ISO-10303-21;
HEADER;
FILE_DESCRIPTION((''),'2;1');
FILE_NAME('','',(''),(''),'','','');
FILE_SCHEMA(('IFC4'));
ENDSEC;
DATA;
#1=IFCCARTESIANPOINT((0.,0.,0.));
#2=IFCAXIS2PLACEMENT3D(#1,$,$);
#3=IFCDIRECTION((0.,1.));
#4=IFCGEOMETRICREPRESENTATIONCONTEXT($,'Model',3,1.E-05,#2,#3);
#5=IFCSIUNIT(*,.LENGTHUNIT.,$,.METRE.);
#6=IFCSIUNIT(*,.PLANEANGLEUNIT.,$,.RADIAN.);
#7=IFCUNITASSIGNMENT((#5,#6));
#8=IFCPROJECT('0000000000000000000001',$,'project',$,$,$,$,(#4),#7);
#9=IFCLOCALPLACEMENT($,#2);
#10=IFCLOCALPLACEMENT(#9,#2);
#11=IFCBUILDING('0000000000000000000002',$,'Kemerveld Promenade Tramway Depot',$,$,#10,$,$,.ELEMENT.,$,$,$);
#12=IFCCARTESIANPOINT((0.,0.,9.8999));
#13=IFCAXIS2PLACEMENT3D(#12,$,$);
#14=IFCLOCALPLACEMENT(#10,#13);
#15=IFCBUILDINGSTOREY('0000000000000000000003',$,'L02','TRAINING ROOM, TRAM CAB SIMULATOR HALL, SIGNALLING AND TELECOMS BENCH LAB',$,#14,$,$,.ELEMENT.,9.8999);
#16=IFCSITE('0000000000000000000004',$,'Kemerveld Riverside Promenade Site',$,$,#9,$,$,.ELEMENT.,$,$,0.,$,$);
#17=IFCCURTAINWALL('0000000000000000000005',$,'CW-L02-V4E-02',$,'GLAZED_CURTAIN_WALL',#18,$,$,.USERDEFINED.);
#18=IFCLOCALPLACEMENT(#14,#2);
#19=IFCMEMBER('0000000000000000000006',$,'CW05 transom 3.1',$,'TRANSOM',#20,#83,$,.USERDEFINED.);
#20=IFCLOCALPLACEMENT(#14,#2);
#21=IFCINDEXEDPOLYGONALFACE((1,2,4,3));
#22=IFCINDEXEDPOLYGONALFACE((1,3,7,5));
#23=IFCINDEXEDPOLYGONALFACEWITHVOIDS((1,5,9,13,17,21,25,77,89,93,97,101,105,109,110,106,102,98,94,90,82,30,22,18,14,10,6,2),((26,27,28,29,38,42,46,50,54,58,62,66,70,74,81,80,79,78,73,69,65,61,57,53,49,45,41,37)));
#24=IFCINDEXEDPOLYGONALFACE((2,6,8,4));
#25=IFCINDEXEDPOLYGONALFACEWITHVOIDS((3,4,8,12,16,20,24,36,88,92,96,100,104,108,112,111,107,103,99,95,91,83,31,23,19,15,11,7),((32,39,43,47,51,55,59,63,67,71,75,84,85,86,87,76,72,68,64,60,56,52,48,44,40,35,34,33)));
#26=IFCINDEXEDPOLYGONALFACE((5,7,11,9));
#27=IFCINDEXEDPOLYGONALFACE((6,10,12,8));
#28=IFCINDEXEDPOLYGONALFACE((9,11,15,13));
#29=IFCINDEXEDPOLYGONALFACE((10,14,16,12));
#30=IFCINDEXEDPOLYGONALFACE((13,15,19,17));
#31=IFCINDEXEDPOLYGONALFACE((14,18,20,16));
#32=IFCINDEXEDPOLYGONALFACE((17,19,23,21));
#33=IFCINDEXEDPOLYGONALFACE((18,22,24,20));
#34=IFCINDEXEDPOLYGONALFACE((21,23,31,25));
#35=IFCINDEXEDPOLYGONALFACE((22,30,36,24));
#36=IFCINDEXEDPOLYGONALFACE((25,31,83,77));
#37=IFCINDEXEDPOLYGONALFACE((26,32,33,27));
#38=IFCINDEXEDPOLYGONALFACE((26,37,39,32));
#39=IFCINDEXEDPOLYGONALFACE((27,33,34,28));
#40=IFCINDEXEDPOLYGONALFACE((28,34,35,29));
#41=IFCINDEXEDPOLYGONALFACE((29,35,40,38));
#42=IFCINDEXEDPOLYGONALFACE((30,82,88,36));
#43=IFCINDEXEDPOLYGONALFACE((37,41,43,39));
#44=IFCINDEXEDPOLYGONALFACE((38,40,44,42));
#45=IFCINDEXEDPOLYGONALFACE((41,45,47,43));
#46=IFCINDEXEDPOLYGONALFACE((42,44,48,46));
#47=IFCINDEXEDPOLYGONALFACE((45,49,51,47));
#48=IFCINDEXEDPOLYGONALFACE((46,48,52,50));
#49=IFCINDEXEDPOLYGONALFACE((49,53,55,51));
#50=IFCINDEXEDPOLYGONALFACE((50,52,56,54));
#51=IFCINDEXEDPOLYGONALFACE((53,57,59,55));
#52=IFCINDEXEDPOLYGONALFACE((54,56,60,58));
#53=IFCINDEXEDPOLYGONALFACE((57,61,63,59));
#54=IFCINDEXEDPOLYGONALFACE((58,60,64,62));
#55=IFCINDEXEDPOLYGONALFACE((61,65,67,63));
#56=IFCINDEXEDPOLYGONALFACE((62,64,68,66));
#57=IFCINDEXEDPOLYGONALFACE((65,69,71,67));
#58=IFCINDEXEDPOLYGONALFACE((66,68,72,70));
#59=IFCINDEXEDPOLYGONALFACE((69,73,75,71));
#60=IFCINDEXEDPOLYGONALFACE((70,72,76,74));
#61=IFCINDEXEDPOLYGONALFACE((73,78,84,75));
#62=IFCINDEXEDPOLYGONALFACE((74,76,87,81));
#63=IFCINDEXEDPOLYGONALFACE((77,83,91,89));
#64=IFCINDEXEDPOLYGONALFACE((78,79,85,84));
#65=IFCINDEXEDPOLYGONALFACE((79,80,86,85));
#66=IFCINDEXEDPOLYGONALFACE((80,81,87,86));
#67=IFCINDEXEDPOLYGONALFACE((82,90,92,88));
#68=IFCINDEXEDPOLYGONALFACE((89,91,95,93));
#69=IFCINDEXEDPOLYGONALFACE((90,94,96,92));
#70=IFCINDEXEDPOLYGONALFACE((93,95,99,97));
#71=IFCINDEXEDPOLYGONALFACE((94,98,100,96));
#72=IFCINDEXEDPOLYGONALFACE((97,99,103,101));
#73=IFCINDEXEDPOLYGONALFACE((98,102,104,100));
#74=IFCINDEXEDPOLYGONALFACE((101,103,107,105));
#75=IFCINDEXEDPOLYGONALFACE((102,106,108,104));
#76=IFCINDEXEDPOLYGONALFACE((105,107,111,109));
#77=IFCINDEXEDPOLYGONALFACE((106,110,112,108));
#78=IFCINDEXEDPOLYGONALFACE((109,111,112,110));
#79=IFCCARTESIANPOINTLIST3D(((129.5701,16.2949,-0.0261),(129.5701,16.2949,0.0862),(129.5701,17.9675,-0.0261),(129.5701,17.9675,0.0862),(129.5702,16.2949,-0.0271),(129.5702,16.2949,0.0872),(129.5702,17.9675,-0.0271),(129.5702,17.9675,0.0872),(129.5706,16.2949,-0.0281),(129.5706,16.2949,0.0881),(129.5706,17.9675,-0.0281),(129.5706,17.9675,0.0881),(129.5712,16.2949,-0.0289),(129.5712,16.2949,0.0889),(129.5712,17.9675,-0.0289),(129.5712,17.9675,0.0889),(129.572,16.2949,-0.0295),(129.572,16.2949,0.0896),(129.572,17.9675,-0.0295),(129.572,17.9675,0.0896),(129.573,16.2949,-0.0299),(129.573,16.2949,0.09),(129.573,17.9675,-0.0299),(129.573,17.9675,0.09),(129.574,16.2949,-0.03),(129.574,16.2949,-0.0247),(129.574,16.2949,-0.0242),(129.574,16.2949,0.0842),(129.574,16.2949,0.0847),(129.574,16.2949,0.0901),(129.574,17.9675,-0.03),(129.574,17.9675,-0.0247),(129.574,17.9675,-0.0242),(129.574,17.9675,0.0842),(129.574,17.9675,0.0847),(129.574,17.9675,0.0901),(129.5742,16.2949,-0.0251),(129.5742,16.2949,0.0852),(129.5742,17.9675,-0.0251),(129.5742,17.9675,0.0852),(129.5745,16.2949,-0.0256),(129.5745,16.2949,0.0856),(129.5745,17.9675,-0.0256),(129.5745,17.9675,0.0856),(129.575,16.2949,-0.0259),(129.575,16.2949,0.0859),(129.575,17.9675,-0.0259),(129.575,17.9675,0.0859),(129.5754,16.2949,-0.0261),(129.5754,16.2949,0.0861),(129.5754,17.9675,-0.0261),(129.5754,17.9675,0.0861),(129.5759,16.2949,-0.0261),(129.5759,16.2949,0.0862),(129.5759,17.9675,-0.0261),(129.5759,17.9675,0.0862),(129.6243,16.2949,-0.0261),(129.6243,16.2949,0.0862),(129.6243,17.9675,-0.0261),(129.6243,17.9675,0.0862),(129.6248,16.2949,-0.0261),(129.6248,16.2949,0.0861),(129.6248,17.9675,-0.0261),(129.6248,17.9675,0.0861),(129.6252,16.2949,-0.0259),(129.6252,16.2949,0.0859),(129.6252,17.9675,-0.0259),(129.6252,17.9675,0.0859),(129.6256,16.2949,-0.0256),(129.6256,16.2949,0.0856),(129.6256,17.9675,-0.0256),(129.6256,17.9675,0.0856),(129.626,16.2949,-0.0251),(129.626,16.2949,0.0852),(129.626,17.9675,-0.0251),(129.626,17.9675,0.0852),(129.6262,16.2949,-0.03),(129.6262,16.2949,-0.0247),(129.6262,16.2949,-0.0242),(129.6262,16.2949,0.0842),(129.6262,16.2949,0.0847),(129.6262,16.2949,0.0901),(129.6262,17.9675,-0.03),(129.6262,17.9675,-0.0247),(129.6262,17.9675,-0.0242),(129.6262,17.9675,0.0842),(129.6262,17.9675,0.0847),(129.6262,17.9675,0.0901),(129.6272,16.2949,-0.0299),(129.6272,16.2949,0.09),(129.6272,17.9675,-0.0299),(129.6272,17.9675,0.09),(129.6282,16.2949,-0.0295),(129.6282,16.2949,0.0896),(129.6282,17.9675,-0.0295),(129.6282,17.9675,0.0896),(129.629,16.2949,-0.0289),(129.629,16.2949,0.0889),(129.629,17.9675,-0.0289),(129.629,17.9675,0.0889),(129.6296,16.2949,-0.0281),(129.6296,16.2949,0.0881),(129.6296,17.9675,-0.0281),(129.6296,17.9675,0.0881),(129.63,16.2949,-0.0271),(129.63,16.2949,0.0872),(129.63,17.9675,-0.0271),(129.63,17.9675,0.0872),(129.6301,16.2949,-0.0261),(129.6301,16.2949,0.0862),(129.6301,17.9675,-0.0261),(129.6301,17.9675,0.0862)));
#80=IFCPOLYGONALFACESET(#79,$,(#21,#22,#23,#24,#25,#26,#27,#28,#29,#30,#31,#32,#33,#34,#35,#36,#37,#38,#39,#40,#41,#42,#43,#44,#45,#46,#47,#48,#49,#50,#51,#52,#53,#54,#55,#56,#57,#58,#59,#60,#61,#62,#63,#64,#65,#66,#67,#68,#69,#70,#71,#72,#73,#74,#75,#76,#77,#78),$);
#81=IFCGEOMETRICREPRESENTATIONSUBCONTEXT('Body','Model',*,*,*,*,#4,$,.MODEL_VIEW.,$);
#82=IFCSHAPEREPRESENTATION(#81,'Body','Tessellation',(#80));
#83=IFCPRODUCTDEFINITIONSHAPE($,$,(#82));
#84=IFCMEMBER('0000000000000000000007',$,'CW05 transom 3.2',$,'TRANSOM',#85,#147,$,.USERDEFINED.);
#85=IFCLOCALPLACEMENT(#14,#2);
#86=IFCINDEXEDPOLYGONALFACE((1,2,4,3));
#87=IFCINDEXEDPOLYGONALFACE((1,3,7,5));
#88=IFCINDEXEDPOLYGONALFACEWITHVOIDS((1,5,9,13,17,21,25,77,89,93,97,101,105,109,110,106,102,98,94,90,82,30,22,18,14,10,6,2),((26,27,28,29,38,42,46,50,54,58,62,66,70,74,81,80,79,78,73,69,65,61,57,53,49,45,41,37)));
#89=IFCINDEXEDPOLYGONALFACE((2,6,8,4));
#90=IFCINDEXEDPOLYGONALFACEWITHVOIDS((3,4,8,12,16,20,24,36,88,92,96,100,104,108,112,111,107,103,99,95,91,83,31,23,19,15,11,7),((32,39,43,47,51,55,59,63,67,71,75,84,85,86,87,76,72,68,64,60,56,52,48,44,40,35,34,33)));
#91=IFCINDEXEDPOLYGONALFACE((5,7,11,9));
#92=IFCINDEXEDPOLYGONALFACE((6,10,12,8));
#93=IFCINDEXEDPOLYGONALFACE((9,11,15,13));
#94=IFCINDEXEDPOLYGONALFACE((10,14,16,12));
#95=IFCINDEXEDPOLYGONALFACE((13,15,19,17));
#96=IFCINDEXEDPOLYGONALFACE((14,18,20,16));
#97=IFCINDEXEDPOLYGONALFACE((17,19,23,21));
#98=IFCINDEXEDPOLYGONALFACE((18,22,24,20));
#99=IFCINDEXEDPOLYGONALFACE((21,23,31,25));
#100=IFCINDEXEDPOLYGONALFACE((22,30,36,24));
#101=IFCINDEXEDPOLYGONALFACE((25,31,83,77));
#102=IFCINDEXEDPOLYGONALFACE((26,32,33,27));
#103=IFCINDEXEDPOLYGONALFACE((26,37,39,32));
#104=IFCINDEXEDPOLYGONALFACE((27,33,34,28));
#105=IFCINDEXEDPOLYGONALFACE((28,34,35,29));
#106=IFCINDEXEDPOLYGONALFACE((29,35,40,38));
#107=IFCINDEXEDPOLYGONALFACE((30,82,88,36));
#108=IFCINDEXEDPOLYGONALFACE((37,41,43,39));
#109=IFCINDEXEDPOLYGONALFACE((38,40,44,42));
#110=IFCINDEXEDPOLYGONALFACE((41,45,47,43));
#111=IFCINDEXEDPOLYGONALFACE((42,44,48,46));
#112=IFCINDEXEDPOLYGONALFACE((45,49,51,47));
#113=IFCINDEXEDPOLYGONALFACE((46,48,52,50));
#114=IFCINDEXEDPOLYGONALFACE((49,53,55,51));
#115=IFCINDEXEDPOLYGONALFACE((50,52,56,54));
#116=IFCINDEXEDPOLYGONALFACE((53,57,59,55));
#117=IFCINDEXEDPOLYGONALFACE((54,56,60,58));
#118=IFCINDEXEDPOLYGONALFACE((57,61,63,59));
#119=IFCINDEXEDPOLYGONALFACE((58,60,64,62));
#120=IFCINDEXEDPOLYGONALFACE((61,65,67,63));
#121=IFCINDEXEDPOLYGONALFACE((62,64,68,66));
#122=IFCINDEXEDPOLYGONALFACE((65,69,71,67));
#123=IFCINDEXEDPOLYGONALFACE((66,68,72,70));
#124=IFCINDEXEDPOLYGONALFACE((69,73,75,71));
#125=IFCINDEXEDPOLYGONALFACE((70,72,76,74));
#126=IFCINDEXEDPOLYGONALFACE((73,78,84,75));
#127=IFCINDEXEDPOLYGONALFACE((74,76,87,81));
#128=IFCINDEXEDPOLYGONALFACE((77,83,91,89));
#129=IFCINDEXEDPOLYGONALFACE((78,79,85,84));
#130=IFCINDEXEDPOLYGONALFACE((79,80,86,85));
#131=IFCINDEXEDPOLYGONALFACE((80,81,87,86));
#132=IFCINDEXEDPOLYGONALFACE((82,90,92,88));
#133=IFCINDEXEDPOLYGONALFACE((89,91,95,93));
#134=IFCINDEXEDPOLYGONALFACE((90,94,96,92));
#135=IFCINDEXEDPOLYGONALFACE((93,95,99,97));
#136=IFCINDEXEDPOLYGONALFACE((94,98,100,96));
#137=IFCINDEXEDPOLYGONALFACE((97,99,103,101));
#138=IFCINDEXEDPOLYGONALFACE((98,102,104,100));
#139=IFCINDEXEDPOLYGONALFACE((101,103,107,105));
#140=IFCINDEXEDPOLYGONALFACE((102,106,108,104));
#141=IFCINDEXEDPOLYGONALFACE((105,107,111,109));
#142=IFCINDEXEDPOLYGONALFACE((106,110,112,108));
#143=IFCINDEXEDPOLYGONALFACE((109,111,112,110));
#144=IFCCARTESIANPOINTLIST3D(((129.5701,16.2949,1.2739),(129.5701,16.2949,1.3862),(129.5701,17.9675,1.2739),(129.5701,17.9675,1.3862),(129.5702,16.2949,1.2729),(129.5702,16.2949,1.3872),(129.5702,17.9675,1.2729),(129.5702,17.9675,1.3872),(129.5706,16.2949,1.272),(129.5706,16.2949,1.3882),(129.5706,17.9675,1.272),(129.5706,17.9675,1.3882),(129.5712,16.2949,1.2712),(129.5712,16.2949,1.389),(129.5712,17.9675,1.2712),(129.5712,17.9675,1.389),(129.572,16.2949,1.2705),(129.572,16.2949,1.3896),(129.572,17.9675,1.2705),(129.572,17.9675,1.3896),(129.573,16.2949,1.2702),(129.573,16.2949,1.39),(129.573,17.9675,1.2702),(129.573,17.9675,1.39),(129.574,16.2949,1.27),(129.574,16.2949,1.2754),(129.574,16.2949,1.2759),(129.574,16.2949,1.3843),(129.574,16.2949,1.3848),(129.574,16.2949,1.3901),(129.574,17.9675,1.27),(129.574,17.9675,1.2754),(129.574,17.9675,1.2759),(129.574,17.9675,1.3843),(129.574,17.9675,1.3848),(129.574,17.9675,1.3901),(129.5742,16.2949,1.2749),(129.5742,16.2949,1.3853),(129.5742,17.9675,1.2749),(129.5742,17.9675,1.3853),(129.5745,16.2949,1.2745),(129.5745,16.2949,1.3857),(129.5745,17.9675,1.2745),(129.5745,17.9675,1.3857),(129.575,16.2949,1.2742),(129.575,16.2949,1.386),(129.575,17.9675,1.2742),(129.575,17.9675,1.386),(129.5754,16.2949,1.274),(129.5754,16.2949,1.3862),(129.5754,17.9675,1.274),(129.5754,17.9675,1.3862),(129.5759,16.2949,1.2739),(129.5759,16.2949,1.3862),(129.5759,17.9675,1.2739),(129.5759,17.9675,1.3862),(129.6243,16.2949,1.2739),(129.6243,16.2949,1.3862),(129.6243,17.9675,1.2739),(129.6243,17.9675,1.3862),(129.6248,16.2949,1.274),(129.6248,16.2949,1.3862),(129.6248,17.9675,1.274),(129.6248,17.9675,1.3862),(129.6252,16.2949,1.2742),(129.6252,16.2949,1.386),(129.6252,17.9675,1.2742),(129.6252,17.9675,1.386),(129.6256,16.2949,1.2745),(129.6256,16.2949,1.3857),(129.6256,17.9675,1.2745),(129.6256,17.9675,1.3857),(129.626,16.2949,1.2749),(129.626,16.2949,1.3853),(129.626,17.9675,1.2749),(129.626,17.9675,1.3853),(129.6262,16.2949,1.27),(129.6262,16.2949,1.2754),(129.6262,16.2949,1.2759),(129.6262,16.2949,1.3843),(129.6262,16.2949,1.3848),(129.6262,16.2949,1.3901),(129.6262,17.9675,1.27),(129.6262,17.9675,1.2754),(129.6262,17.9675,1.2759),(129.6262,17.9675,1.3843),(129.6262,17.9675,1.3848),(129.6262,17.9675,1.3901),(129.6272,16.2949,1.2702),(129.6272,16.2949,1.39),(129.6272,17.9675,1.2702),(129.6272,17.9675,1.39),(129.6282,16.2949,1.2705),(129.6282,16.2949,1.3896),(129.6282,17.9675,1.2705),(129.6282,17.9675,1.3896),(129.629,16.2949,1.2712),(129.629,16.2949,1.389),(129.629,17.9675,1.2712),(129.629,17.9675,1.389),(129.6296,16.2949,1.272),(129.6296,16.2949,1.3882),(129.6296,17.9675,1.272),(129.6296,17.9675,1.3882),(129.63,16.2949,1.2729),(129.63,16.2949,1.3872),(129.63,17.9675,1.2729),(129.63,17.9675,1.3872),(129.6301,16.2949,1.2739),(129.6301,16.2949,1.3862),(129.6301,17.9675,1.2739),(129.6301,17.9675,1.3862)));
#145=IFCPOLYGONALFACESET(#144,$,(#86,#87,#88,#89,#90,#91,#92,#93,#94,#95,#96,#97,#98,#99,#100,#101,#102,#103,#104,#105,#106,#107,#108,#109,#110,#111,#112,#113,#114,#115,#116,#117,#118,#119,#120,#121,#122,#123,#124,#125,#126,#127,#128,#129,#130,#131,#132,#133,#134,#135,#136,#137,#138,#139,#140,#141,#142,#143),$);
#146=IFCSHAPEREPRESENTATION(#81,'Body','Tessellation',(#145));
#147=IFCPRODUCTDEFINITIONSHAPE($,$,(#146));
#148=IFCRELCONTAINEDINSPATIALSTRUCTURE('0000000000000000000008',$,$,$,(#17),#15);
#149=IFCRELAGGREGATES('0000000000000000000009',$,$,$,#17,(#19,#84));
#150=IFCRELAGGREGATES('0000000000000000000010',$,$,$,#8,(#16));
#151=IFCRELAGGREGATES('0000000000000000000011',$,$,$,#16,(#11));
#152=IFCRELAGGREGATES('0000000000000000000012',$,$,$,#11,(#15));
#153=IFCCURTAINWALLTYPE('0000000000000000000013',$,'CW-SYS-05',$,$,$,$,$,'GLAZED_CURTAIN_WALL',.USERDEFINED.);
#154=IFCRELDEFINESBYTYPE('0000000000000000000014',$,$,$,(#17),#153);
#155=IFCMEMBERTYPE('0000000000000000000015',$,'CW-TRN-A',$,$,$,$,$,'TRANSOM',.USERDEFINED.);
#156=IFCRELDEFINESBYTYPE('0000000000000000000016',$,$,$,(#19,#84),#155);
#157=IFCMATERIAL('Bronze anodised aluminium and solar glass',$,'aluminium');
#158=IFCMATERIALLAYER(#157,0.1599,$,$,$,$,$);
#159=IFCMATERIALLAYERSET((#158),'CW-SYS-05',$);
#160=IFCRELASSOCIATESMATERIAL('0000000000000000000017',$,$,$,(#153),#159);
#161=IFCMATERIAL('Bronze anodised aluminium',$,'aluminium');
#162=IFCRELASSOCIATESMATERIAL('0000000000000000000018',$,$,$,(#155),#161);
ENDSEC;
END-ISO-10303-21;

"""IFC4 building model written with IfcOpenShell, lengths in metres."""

from ifc_helpers import new_model, si_unit, direction, frame, origin, origin_2d, place, context, subcontext, project, spatial, hollow_rectangle, extrude, material, layer, layer_set, material_profile, profile_set, type_object, element, aggregate, save


model = new_model("IFC4")

# Units and contexts
model_context = context("Model", 3, precision=1e-05, world=origin(), true_north=direction((0.0, 1.0)))
body_context = subcontext(model_context, "Body", "Model", "MODEL_VIEW")
ifc_project = project(units=[si_unit("LENGTHUNIT", "METRE"), si_unit("PLANEANGLEUNIT", "RADIAN")], contexts=[model_context])

# Site, building, storey
site_placement = place(None, origin())
site = spatial("IfcSite", under=ifc_project, at=site_placement, Name="Kemerveld Riverside Promenade Site", CompositionType="ELEMENT", RefElevation=0.0)
building_placement = place(site_placement, origin())
building = spatial("IfcBuilding", under=site, at=building_placement, Name="Kemerveld Promenade Tramway Depot", CompositionType="ELEMENT")
storey_placement = place(building_placement, frame((0.0, 0.0, 9.8999)))
storey = spatial("IfcBuildingStorey", under=building, at=storey_placement, Name="L02", Description="TRAINING ROOM, TRAM CAB SIMULATOR HALL, SIGNALLING AND TELECOMS BENCH LAB", CompositionType="ELEMENT", Elevation=9.8999)

# Curtain wall, members
ifc_material_1 = material(Name="Bronze anodised aluminium and solar glass", Category="aluminium")
ifc_layer_1 = layer(ifc_material_1, 0.1599)
ifc_layer_set_1 = layer_set([ifc_layer_1], Name="CW-SYS-05")
curtain_wall_type = type_object("IfcCurtainWallType", Name="CW-SYS-05", ElementType="GLAZED_CURTAIN_WALL", PredefinedType="USERDEFINED", material=ifc_layer_set_1)
curtain_wall_placement = place(storey_placement, origin())
curtain_wall = element("IfcCurtainWall", 1, at=curtain_wall_placement, inside=storey, type_object=curtain_wall_type, Name="CW-L02-V4E-02", ObjectType="GLAZED_CURTAIN_WALL", PredefinedType="USERDEFINED")
ifc_material_2 = material(Name="Bronze anodised aluminium", Category="aluminium")
ifc_material_profile = material_profile(ifc_material_2, hollow_rectangle(XDim=0.0601, YDim=0.1201, WallThickness=0.0039, InnerFilletRadius=0.002, OuterFilletRadius=0.0039, at=origin_2d()), Name="CW-TRN-120x60")
ifc_profile_set = profile_set([ifc_material_profile], Name="Bronze anodised aluminium")
member_type = type_object("IfcMemberType", Name="CW-TRN-A", ElementType="TRANSOM", PredefinedType="USERDEFINED", material=ifc_profile_set)
member_1_placement = place(storey_placement, frame((129.6001, 17.9675, 0.03), z_axis=(0.0, -1.0, 0.0), x_axis=(1.0, 0.0, 0.0)))
member_1 = element("IfcMember", 2, at=member_1_placement, type_object=member_type, Name="CW05 transom 3.1", ObjectType="TRANSOM", PredefinedType="USERDEFINED", context=body_context, shape_type="SweptSolid", body=[
    extrude(hollow_rectangle(XDim=0.0601, YDim=0.1201, WallThickness=0.0039, InnerFilletRadius=0.002, OuterFilletRadius=0.0039, at=origin_2d()), origin(), (0.0, 0.0, 1.0), 1.6726),
])
member_2_placement = place(storey_placement, frame((129.6001, 17.9675, 1.3301), z_axis=(0.0, -1.0, 0.0), x_axis=(1.0, 0.0, 0.0)))
member_2 = element("IfcMember", 3, at=member_2_placement, type_object=member_type, Name="CW05 transom 3.2", ObjectType="TRANSOM", PredefinedType="USERDEFINED", context=body_context, shape_type="SweptSolid", body=[
    extrude(hollow_rectangle(XDim=0.0601, YDim=0.1201, WallThickness=0.0039, InnerFilletRadius=0.002, OuterFilletRadius=0.0039, at=origin_2d()), origin(), (0.0, 0.0, 1.0), 1.6726),
])
aggregate(curtain_wall, [member_1, member_2])

save(model, "model.ifc")
